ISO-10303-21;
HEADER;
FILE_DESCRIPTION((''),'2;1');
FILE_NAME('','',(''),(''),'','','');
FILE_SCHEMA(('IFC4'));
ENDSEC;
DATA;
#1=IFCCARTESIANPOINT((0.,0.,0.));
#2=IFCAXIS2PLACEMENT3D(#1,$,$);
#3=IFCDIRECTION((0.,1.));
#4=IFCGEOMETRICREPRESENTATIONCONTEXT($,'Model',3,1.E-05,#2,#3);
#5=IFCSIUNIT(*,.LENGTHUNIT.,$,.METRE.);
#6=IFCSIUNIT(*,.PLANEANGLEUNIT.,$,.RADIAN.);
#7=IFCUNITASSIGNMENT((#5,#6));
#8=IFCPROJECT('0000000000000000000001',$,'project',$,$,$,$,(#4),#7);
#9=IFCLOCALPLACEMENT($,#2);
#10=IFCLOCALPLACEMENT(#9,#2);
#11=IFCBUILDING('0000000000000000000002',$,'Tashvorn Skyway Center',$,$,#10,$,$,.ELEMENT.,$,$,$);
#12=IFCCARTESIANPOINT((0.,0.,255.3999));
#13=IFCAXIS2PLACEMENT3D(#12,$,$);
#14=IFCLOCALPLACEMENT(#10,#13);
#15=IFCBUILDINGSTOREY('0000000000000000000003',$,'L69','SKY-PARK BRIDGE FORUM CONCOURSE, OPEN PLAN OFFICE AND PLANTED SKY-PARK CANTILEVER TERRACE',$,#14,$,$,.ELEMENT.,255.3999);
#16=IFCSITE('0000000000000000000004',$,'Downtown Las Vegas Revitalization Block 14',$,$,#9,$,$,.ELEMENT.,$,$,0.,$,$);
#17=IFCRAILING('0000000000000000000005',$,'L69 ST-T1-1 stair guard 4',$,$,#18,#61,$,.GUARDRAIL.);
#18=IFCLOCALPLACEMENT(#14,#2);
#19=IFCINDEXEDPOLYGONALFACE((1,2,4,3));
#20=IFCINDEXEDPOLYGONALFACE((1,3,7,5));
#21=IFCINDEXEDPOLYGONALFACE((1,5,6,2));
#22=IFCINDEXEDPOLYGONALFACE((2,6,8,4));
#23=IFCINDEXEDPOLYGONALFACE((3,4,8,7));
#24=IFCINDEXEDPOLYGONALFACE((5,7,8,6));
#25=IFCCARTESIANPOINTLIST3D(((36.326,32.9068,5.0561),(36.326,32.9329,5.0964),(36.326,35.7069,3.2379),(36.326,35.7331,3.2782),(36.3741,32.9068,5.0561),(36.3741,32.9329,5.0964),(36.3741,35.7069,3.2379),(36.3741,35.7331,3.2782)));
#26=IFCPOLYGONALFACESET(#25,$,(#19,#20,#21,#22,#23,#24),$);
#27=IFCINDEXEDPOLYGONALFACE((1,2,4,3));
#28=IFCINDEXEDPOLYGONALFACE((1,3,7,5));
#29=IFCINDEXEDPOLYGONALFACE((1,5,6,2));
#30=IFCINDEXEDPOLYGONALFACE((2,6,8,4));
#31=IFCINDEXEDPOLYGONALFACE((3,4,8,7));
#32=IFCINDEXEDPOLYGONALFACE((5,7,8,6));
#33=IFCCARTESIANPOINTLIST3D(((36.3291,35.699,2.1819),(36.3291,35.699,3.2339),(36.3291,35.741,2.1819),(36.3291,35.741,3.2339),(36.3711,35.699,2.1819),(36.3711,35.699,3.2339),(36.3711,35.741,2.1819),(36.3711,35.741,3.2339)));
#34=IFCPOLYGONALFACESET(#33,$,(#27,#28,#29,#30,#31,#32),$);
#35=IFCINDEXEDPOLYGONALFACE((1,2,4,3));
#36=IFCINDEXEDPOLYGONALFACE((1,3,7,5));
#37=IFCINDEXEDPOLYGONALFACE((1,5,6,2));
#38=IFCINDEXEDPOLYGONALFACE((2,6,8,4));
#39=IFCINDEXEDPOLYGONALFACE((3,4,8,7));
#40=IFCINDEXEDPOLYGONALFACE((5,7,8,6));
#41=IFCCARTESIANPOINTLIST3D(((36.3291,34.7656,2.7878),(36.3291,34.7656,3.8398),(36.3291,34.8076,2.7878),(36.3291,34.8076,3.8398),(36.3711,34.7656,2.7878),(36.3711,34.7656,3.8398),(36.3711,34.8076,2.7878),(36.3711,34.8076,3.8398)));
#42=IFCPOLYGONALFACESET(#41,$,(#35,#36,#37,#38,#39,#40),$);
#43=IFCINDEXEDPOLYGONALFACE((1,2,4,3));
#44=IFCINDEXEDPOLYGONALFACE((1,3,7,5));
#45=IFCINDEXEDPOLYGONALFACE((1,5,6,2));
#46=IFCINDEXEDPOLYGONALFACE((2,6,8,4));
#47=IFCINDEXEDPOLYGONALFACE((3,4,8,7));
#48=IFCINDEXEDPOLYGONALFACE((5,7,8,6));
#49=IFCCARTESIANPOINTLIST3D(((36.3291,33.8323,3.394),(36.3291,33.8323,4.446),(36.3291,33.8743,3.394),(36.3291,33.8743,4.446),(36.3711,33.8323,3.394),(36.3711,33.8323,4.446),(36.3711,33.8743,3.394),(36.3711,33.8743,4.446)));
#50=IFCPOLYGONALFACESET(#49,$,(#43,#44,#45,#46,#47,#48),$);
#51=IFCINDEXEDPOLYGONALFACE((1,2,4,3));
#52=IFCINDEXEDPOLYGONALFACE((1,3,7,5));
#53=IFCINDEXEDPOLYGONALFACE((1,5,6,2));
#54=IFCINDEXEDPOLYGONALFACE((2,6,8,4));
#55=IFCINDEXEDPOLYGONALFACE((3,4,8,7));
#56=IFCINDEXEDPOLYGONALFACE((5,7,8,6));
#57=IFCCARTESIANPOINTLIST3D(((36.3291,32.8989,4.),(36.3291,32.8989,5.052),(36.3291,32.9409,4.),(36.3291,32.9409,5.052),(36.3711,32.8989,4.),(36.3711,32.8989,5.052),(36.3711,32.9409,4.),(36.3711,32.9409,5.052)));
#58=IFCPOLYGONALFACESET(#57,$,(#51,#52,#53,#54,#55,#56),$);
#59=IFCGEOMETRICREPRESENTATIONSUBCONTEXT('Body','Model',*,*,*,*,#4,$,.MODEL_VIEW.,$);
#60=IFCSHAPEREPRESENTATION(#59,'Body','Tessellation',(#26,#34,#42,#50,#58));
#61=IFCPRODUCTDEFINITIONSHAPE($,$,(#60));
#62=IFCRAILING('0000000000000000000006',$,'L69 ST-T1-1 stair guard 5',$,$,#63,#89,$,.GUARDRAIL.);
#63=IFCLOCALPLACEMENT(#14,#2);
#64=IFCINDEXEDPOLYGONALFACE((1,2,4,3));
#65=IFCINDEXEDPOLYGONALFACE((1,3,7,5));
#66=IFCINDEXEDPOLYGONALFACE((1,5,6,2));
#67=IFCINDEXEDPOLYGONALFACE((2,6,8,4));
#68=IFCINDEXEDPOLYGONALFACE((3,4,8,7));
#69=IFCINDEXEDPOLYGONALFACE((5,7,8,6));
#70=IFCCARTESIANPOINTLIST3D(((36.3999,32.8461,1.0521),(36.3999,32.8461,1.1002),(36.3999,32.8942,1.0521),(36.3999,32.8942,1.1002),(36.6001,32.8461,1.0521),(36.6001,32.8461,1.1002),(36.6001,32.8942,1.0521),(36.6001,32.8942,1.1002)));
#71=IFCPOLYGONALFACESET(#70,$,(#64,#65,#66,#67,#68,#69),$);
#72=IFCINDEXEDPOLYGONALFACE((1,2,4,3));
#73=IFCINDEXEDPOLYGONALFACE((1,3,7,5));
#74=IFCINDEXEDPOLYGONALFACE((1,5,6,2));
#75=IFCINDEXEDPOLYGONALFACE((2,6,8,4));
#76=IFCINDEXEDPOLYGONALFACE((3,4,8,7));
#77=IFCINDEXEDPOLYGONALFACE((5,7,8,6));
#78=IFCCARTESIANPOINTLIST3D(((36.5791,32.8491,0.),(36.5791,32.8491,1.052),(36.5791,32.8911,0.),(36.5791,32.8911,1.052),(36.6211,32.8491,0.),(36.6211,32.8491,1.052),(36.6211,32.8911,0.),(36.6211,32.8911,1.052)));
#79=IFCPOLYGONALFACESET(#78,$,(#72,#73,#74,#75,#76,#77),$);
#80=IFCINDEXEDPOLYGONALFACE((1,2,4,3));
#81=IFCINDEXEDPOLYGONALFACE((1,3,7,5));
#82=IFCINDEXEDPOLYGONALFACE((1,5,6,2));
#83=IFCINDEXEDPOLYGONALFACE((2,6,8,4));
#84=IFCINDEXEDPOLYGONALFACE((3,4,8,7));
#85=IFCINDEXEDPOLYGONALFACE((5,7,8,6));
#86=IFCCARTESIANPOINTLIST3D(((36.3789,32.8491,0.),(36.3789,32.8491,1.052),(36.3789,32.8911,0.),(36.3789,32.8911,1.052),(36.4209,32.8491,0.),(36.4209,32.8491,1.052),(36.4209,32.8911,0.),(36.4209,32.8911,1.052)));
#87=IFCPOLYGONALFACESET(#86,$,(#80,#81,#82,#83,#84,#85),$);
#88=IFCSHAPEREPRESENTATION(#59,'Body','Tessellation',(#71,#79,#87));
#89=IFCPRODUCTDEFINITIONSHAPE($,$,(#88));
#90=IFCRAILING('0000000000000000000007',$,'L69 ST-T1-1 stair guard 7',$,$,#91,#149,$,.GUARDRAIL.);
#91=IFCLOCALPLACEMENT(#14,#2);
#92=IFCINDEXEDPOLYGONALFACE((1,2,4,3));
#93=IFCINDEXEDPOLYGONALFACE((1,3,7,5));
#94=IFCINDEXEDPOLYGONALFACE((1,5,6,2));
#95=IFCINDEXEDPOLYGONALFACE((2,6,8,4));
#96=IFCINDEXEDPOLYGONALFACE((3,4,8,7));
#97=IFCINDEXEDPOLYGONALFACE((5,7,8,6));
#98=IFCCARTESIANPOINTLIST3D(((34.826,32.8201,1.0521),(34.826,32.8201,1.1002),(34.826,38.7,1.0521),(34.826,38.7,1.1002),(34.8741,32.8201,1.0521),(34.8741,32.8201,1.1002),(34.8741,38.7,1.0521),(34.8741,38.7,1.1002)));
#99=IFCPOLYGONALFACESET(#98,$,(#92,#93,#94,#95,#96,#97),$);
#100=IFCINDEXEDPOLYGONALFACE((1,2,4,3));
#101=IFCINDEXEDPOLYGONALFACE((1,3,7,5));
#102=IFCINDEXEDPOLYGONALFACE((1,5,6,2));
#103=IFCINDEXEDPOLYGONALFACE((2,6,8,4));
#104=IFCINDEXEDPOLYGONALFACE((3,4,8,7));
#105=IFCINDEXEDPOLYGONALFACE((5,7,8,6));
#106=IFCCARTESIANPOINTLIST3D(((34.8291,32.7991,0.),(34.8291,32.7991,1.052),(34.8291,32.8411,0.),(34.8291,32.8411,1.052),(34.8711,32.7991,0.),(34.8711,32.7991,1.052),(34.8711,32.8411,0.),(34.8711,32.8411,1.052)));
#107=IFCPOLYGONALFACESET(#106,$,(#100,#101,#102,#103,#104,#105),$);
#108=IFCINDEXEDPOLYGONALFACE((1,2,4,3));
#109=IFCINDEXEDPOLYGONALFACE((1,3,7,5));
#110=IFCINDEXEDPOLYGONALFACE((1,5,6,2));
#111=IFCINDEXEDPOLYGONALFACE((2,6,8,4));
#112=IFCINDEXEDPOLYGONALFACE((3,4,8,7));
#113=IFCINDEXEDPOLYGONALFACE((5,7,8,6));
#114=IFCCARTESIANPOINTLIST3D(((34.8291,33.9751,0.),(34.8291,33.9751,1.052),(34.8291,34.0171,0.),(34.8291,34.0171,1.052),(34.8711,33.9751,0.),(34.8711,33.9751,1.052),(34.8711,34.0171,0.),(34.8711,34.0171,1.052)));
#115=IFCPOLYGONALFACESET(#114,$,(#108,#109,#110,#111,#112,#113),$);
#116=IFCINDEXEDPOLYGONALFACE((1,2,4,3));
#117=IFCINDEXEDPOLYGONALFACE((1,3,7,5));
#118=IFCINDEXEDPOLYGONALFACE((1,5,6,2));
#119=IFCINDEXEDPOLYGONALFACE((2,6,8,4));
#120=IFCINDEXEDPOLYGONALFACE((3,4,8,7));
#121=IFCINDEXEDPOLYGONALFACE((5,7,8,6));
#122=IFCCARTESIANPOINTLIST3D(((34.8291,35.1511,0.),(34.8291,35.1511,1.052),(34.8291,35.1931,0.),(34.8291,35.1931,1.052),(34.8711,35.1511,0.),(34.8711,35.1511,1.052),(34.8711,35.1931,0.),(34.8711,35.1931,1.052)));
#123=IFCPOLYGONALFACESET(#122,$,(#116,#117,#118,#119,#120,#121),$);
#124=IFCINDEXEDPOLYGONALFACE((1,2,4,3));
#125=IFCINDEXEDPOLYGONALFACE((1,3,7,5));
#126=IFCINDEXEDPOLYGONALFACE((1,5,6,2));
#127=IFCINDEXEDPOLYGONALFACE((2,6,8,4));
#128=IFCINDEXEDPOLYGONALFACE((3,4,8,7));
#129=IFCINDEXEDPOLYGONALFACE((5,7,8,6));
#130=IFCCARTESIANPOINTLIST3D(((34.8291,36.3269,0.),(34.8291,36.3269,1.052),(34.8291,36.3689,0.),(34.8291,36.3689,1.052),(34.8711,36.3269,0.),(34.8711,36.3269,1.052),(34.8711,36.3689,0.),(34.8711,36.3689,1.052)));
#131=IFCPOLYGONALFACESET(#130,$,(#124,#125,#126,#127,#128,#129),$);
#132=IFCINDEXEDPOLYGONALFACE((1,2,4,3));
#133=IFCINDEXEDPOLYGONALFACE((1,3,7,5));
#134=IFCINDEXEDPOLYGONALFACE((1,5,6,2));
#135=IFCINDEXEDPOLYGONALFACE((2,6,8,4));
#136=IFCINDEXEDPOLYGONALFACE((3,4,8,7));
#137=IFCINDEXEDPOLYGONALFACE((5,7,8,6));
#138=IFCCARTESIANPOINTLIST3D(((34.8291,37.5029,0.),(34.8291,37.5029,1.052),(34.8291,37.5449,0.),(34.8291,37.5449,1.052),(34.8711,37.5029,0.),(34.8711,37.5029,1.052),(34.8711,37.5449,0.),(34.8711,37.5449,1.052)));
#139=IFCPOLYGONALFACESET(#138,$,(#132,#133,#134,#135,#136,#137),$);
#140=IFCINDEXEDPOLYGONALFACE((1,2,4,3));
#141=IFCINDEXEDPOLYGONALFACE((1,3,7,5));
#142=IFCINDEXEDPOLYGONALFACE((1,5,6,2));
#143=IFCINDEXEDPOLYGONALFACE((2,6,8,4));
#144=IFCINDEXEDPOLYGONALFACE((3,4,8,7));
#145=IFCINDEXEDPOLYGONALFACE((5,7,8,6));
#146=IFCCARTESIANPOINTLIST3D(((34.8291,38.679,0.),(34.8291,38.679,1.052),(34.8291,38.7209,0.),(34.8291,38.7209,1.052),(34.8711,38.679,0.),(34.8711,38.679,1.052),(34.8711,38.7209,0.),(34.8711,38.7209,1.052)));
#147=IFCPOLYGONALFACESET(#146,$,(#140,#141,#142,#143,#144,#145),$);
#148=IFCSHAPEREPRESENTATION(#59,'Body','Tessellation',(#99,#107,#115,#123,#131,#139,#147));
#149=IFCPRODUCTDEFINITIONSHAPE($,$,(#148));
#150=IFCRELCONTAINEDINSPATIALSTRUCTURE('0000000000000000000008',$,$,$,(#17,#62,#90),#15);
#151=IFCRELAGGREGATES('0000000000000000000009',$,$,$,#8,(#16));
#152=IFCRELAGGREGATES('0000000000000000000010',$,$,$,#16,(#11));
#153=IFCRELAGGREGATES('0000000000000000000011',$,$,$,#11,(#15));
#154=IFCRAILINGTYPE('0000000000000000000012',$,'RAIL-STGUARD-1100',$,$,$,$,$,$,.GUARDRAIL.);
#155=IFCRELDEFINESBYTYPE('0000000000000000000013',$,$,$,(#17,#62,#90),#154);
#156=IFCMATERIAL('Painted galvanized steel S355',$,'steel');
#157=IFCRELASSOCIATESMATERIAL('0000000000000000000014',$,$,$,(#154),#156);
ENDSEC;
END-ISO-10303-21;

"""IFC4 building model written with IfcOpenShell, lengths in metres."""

from ifc_helpers import new_model, si_unit, direction, frame, origin, origin_2d, place, context, subcontext, project, spatial, rectangle, extrude, material, type_object, element, save


model = new_model("IFC4")

# Units and contexts
model_context = context("Model", 3, precision=1e-05, world=origin(), true_north=direction((0.0, 1.0)))
body_context = subcontext(model_context, "Body", "Model", "MODEL_VIEW")
ifc_project = project(units=[si_unit("LENGTHUNIT", "METRE"), si_unit("PLANEANGLEUNIT", "RADIAN")], contexts=[model_context])

# Site, building, storey
site_placement = place(None, origin())
site = spatial("IfcSite", under=ifc_project, at=site_placement, Name="Downtown Las Vegas Revitalization Block 14", CompositionType="ELEMENT", RefElevation=0.0)
building_placement = place(site_placement, origin())
building = spatial("IfcBuilding", under=site, at=building_placement, Name="Tashvorn Skyway Center", CompositionType="ELEMENT")
storey_placement = place(building_placement, frame((0.0, 0.0, 255.3999)))
storey = spatial("IfcBuildingStorey", under=building, at=storey_placement, Name="L69", Description="SKY-PARK BRIDGE FORUM CONCOURSE, OPEN PLAN OFFICE AND PLANTED SKY-PARK CANTILEVER TERRACE", CompositionType="ELEMENT", Elevation=255.3999)

# Railings
ifc_material_1 = material(Name="Painted galvanized steel S355", Category="steel")
railing_type_1 = type_object("IfcRailingType", Name="RAIL-STGUARD-1100", PredefinedType="GUARDRAIL", material=ifc_material_1)
railing_1_placement = place(storey_placement, frame((36.3501, 35.72, 2.1819)))
element("IfcRailing", 1, at=railing_1_placement, inside=storey, type_object=railing_type_1, Name="L69 ST-T1-1 stair guard 4", PredefinedType="GUARDRAIL", context=body_context, shape_type="SweptSolid", body=[
    extrude(rectangle(XDim=0.0481, YDim=0.0481, at=origin_2d()), frame((0.0, 0.0, 1.0762), z_axis=(0.0, -0.838706, 0.544585), x_axis=(1.0, 0.0, 0.0)), (0.0, 0.0, 1.0), 3.3386),
    extrude(rectangle(XDim=0.042, YDim=0.042, at=origin_2d()), origin(), (0.0, 0.0, 1.0), 1.052),
    extrude(rectangle(XDim=0.042, YDim=0.042, at=origin_2d()), frame((0.0, -0.9333, 0.606)), (0.0, 0.0, 1.0), 1.052),
    extrude(rectangle(XDim=0.042, YDim=0.042, at=origin_2d()), frame((0.0, -1.8667, 1.2122)), (0.0, 0.0, 1.0), 1.052),
    extrude(rectangle(XDim=0.042, YDim=0.042, at=origin_2d()), frame((0.0, -2.8, 1.8181)), (0.0, 0.0, 1.0), 1.052),
])
railing_2_placement = place(storey_placement, frame((36.6001, 32.8701, 0.0)))
element("IfcRailing", 2, at=railing_2_placement, inside=storey, type_object=railing_type_1, Name="L69 ST-T1-1 stair guard 5", PredefinedType="GUARDRAIL", context=body_context, shape_type="SweptSolid", body=[
    extrude(rectangle(XDim=0.0481, YDim=0.0481, at=origin_2d()), frame((0.0, 0.0, 1.0762), z_axis=(-1.0, 0.0, 0.0), x_axis=(0.0, -1.0, 0.0)), (0.0, 0.0, 1.0), 0.2002),
    extrude(rectangle(XDim=0.042, YDim=0.042, at=origin_2d()), origin(), (0.0, 0.0, 1.0), 1.052),
    extrude(rectangle(XDim=0.042, YDim=0.042, at=origin_2d()), frame((-0.2002, 0.0, 0.0)), (0.0, 0.0, 1.0), 1.052),
])
railing_3_placement = place(storey_placement, frame((34.8501, 32.8201, 0.0)))
element("IfcRailing", 3, at=railing_3_placement, inside=storey, type_object=railing_type_1, Name="L69 ST-T1-1 stair guard 7", PredefinedType="GUARDRAIL", context=body_context, shape_type="SweptSolid", body=[
    extrude(rectangle(XDim=0.0481, YDim=0.0481, at=origin_2d()), frame((0.0, 0.0, 1.0762), z_axis=(0.0, 1.0, 0.0), x_axis=(-1.0, 0.0, 0.0)), (0.0, 0.0, 1.0), 5.8799),
    extrude(rectangle(XDim=0.042, YDim=0.042, at=origin_2d()), origin(), (0.0, 0.0, 1.0), 1.052),
    extrude(rectangle(XDim=0.042, YDim=0.042, at=origin_2d()), frame((0.0, 1.176, 0.0)), (0.0, 0.0, 1.0), 1.052),
    extrude(rectangle(XDim=0.042, YDim=0.042, at=origin_2d()), frame((0.0, 2.3521, 0.0)), (0.0, 0.0, 1.0), 1.052),
    extrude(rectangle(XDim=0.042, YDim=0.042, at=origin_2d()), frame((0.0, 3.5278, 0.0)), (0.0, 0.0, 1.0), 1.052),
    extrude(rectangle(XDim=0.042, YDim=0.042, at=origin_2d()), frame((0.0, 4.7039, 0.0)), (0.0, 0.0, 1.0), 1.052),
    extrude(rectangle(XDim=0.042, YDim=0.042, at=origin_2d()), frame((0.0, 5.8799, 0.0)), (0.0, 0.0, 1.0), 1.052),
])

save(model, "model.ifc")
